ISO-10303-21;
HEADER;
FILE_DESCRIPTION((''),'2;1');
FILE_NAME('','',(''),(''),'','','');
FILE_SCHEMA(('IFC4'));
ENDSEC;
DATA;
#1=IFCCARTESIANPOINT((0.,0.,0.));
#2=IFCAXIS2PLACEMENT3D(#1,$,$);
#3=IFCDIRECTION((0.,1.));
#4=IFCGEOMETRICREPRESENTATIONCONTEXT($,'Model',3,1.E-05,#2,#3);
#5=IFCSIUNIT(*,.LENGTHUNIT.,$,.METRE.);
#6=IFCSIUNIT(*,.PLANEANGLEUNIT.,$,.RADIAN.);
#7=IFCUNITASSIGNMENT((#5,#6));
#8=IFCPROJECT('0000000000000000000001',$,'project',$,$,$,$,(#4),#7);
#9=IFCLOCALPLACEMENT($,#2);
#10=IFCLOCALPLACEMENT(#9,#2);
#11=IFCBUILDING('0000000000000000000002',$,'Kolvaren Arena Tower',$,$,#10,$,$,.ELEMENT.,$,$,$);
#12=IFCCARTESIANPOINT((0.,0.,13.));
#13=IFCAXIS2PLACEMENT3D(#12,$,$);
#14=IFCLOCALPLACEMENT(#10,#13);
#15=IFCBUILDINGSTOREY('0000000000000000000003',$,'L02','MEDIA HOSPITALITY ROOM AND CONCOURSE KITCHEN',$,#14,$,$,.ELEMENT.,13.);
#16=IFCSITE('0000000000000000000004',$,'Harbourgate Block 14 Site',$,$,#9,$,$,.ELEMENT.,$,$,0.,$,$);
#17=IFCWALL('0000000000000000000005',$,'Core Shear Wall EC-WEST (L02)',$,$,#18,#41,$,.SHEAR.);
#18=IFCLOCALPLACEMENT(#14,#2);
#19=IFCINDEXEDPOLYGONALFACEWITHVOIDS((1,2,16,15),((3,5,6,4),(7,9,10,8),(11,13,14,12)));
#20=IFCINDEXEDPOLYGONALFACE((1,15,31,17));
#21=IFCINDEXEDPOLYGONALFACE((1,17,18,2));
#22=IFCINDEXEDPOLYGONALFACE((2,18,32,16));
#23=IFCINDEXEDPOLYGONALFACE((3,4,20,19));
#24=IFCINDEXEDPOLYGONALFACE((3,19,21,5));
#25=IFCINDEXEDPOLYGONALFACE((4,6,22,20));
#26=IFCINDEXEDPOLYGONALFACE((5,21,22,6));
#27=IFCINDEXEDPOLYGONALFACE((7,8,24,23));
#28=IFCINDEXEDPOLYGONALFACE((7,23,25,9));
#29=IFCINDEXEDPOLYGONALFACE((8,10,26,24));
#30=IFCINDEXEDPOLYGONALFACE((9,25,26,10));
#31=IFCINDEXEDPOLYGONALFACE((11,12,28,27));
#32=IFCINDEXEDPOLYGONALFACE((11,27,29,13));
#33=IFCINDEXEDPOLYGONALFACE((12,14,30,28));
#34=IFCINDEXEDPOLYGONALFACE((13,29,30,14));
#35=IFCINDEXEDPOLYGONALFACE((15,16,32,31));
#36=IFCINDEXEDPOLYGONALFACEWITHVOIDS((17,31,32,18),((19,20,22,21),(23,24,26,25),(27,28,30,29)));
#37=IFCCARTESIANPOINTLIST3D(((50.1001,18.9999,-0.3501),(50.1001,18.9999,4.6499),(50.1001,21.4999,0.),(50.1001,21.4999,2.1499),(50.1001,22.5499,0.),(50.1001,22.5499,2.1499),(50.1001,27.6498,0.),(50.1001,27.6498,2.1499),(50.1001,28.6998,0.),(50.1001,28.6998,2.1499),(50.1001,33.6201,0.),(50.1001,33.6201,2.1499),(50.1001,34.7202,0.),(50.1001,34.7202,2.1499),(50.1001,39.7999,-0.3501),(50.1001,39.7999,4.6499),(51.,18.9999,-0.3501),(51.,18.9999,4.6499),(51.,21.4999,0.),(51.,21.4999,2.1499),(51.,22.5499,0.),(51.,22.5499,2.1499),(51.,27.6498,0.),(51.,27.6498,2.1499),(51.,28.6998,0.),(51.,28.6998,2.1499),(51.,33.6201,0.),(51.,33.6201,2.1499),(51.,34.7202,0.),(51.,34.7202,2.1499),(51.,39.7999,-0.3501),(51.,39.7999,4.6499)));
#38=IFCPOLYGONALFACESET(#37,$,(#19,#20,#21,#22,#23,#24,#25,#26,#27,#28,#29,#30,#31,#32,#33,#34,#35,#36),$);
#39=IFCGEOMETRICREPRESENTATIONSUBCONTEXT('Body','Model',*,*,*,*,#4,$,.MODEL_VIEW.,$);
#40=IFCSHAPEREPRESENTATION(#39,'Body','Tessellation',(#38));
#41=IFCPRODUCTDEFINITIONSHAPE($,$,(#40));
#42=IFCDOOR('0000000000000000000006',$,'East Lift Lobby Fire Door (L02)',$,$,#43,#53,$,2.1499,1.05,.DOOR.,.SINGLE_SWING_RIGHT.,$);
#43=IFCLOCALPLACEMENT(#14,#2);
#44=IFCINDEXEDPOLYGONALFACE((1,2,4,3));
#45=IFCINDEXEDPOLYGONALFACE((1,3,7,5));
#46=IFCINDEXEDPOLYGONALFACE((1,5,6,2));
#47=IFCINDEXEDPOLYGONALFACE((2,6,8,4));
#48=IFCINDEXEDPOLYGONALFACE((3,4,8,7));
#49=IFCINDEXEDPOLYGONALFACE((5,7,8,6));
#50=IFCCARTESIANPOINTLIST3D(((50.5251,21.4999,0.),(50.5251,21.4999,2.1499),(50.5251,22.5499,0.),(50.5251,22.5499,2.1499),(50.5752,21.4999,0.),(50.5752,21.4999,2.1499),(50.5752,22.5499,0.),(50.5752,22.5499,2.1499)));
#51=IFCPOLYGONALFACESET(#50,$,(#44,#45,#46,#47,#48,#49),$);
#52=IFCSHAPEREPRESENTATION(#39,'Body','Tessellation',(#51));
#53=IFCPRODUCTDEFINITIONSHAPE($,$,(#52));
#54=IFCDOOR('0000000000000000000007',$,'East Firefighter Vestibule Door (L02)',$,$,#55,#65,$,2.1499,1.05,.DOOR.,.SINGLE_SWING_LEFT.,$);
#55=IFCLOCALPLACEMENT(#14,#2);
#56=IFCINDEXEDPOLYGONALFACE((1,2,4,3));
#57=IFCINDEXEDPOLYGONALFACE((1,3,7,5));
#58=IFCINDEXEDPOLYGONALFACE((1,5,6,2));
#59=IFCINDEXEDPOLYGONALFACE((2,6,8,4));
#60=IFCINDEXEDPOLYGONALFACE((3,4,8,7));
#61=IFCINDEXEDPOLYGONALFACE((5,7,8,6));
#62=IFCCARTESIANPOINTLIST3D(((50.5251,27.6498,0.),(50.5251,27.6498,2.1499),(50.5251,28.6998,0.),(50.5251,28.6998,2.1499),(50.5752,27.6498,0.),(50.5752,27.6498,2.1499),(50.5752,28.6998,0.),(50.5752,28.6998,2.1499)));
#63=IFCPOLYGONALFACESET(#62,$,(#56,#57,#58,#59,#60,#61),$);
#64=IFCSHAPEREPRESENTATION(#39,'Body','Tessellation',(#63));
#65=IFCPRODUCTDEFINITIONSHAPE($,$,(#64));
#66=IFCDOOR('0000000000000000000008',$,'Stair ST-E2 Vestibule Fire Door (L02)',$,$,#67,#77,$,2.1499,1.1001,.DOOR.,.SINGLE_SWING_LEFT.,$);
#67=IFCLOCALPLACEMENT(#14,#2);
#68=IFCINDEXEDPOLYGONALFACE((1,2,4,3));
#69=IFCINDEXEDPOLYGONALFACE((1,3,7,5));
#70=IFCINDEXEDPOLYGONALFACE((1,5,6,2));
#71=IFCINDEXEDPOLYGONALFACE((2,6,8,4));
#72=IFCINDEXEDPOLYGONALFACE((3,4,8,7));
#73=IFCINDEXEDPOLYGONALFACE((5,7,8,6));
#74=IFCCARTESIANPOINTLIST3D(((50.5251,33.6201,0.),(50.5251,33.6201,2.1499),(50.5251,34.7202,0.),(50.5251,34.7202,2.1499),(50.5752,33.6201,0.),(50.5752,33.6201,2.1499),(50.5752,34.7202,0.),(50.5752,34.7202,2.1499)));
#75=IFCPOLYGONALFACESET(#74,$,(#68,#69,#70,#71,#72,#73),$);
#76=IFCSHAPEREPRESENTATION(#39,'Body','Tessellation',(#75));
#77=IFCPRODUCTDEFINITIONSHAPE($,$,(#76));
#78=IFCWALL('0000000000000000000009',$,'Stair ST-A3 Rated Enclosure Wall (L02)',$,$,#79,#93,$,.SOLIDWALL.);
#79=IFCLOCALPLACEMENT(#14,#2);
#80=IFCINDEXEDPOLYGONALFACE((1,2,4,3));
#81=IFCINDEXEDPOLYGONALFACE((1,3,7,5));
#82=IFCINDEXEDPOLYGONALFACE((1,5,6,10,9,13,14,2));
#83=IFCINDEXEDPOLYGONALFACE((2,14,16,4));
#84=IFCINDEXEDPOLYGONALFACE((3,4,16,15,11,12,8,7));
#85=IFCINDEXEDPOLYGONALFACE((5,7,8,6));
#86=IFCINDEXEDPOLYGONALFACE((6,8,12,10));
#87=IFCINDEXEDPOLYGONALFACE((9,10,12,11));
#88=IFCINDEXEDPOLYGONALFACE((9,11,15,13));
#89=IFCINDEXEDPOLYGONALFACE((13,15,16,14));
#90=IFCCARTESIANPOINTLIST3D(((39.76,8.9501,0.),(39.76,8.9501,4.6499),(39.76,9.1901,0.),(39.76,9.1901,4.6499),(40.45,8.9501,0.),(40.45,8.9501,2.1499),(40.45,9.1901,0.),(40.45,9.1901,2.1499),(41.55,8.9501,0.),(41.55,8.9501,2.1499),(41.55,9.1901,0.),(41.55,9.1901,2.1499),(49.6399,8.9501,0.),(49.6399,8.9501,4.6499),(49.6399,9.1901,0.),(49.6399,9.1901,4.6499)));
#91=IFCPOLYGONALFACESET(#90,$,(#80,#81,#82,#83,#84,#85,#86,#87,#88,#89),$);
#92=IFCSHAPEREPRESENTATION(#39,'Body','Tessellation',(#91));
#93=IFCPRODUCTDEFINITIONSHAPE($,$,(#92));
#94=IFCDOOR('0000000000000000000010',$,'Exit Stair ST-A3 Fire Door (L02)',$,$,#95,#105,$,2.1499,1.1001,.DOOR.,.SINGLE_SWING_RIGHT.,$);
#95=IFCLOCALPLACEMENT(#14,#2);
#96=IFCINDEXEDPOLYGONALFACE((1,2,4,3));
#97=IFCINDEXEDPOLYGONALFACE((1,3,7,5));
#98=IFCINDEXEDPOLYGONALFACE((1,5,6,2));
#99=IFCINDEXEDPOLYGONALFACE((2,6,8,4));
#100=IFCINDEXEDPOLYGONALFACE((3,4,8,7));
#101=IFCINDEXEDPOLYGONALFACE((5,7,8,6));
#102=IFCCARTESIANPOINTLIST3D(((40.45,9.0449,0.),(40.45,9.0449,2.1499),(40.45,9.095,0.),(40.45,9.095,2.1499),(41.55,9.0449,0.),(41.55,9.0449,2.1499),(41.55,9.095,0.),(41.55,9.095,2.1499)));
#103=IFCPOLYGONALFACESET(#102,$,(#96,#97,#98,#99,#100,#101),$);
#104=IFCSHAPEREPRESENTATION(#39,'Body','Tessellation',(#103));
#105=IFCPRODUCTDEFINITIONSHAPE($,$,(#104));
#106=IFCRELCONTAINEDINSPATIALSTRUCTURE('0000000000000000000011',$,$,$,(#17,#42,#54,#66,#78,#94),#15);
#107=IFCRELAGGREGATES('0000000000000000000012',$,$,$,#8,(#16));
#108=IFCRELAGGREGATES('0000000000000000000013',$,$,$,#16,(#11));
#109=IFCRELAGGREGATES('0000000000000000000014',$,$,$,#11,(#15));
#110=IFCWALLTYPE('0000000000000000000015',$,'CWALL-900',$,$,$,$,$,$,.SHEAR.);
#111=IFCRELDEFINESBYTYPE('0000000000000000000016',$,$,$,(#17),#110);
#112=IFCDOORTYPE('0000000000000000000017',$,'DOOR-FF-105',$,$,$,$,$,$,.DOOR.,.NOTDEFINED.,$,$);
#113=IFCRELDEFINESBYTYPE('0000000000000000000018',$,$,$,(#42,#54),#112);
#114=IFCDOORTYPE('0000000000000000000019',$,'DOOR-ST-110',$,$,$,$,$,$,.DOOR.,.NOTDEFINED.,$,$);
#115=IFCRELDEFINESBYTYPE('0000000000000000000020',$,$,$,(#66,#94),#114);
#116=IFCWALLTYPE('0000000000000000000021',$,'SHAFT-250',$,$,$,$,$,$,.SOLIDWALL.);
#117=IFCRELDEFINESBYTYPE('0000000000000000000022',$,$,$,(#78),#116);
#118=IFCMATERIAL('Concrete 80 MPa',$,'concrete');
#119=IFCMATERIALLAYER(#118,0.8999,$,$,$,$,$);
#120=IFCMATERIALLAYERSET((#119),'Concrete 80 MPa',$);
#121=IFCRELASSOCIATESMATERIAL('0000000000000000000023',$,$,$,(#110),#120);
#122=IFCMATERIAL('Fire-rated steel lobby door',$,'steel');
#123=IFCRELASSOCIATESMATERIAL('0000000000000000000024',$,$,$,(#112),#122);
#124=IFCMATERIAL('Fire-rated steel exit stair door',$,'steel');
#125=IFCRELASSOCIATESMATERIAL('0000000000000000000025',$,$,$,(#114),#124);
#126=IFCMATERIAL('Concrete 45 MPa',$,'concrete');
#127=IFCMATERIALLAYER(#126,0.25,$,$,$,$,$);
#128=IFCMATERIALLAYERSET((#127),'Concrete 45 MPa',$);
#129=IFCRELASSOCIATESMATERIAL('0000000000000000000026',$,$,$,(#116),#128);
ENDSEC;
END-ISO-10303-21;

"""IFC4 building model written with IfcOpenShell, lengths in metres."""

from ifc_helpers import new_model, si_unit, direction, frame, frame_2d, origin, place, context, subcontext, project, spatial, rectangle, extrude, material, layer, layer_set, type_object, element, fill, save


model = new_model("IFC4")

# Units and contexts
model_context = context("Model", 3, precision=1e-05, world=origin(), true_north=direction((0.0, 1.0)))
body_context = subcontext(model_context, "Body", "Model", "MODEL_VIEW")
ifc_project = project(units=[si_unit("LENGTHUNIT", "METRE"), si_unit("PLANEANGLEUNIT", "RADIAN")], contexts=[model_context])

# Site, building, storey
site_placement = place(None, origin())
site = spatial("IfcSite", under=ifc_project, at=site_placement, Name="Harbourgate Block 14 Site", CompositionType="ELEMENT", RefElevation=0.0)
building_placement = place(site_placement, origin())
building = spatial("IfcBuilding", under=site, at=building_placement, Name="Kolvaren Arena Tower", CompositionType="ELEMENT")
storey_placement = place(building_placement, frame((0.0, 0.0, 13.0)))
storey = spatial("IfcBuildingStorey", under=building, at=storey_placement, Name="L02", Description="MEDIA HOSPITALITY ROOM AND CONCOURSE KITCHEN", CompositionType="ELEMENT", Elevation=13.0)

# Wall, openings, doors
ifc_material_1 = material(Name="Concrete 80 MPa", Category="concrete")
ifc_layer_1 = layer(ifc_material_1, 0.8999)
ifc_layer_set_1 = layer_set([ifc_layer_1], Name="Concrete 80 MPa")
wall_type_1 = type_object("IfcWallType", Name="CWALL-900", PredefinedType="SHEAR", material=ifc_layer_set_1)
wall_1_placement = place(storey_placement, frame((50.55, 19.0, -0.3501), z_axis=(0.0, 0.0, 1.0), x_axis=(0.0, 1.0, 0.0)))
wall_1 = element("IfcWall", 1, at=wall_1_placement, inside=storey, type_object=wall_type_1, Name="Core Shear Wall EC-WEST (L02)", PredefinedType="SHEAR", context=body_context, shape_type="SweptSolid", body=[
    extrude(rectangle(XDim=20.8, YDim=0.8999, at=frame_2d((10.3999, 0.0))), origin(), (0.0, 0.0, 1.0), 5.0),
])
opening_1_placement = place(wall_1_placement, frame((2.5, 0.0, 0.3501)))
opening_1 = element("IfcOpeningElement", 2, at=opening_1_placement, cuts=wall_1, PredefinedType="OPENING", context=body_context, shape_type="SweptSolid", body=[
    extrude(rectangle(XDim=1.05, YDim=2.1499, at=frame_2d((0.5249, 1.075))), frame((0.0, 0.46, 0.0), z_axis=(0.0, -1.0, 0.0), x_axis=(1.0, 0.0, 0.0)), (0.0, 0.0, 1.0), 0.9199),
])
opening_2_placement = place(wall_1_placement, frame((8.6499, 0.0, 0.3501)))
opening_2 = element("IfcOpeningElement", 3, at=opening_2_placement, cuts=wall_1, PredefinedType="OPENING", context=body_context, shape_type="SweptSolid", body=[
    extrude(rectangle(XDim=1.05, YDim=2.1499, at=frame_2d((0.5249, 1.075))), frame((0.0, 0.46, 0.0), z_axis=(0.0, -1.0, 0.0), x_axis=(1.0, 0.0, 0.0)), (0.0, 0.0, 1.0), 0.9199),
])
opening_3_placement = place(wall_1_placement, frame((14.6201, 0.0, 0.3501)))
opening_3 = element("IfcOpeningElement", 4, at=opening_3_placement, cuts=wall_1, PredefinedType="OPENING", context=body_context, shape_type="SweptSolid", body=[
    extrude(rectangle(XDim=1.1001, YDim=2.1499, at=frame_2d((0.55, 1.075))), frame((0.0, 0.46, 0.0), z_axis=(0.0, -1.0, 0.0), x_axis=(1.0, 0.0, 0.0)), (0.0, 0.0, 1.0), 0.9199),
])
ifc_material_2 = material(Name="Fire-rated steel lobby door", Category="steel")
door_type_1 = type_object("IfcDoorType", Name="DOOR-FF-105", OperationType="NOTDEFINED", PredefinedType="DOOR", material=ifc_material_2)
door_1_placement = place(opening_1_placement, origin())
door_1 = element("IfcDoor", 5, at=door_1_placement, inside=storey, type_object=door_type_1, Name="East Lift Lobby Fire Door (L02)", OperationType="SINGLE_SWING_RIGHT", OverallHeight=2.1499, OverallWidth=1.05, PredefinedType="DOOR", context=body_context, shape_type="SweptSolid", body=[
    extrude(rectangle(XDim=1.05, YDim=2.1499, at=frame_2d((0.5249, 1.075))), frame((0.0, 0.0249, 0.0), z_axis=(0.0, -1.0, 0.0), x_axis=(1.0, 0.0, 0.0)), (0.0, 0.0, 1.0), 0.05),
])
fill(opening_1, door_1)
door_2_placement = place(opening_2_placement, origin())
door_2 = element("IfcDoor", 6, at=door_2_placement, inside=storey, type_object=door_type_1, Name="East Firefighter Vestibule Door (L02)", OperationType="SINGLE_SWING_LEFT", OverallHeight=2.1499, OverallWidth=1.05, PredefinedType="DOOR", context=body_context, shape_type="SweptSolid", body=[
    extrude(rectangle(XDim=1.05, YDim=2.1499, at=frame_2d((0.5249, 1.075))), frame((0.0, 0.0249, 0.0), z_axis=(0.0, -1.0, 0.0), x_axis=(1.0, 0.0, 0.0)), (0.0, 0.0, 1.0), 0.05),
])
fill(opening_2, door_2)
ifc_material_3 = material(Name="Fire-rated steel exit stair door", Category="steel")
door_type_2 = type_object("IfcDoorType", Name="DOOR-ST-110", OperationType="NOTDEFINED", PredefinedType="DOOR", material=ifc_material_3)
door_3_placement = place(opening_3_placement, origin())
door_3 = element("IfcDoor", 7, at=door_3_placement, inside=storey, type_object=door_type_2, Name="Stair ST-E2 Vestibule Fire Door (L02)", OperationType="SINGLE_SWING_LEFT", OverallHeight=2.1499, OverallWidth=1.1001, PredefinedType="DOOR", context=body_context, shape_type="SweptSolid", body=[
    extrude(rectangle(XDim=1.1001, YDim=2.1499, at=frame_2d((0.55, 1.075))), frame((0.0, 0.0249, 0.0), z_axis=(0.0, -1.0, 0.0), x_axis=(1.0, 0.0, 0.0)), (0.0, 0.0, 1.0), 0.05),
])
fill(opening_3, door_3)

# Wall, opening, door
ifc_material_4 = material(Name="Concrete 45 MPa", Category="concrete")
ifc_layer_2 = layer(ifc_material_4, 0.25)
ifc_layer_set_2 = layer_set([ifc_layer_2], Name="Concrete 45 MPa")
wall_type_2 = type_object("IfcWallType", Name="SHAFT-250", PredefinedType="SOLIDWALL", material=ifc_layer_set_2)
wall_2_placement = place(storey_placement, frame((39.76, 9.0701, 0.0), z_axis=(0.0, 0.0, 1.0), x_axis=(1.0, 0.0, 0.0)))
wall_2 = element("IfcWall", 8, at=wall_2_placement, inside=storey, type_object=wall_type_2, Name="Stair ST-A3 Rated Enclosure Wall (L02)", PredefinedType="SOLIDWALL", context=body_context, shape_type="SweptSolid", body=[
    extrude(rectangle(XDim=9.8799, YDim=0.24, at=frame_2d((4.9399, 0.0))), origin(), (0.0, 0.0, 1.0), 4.6499),
])
opening_4_placement = place(wall_2_placement, frame((0.6899, 0.0, 0.0)))
opening_4 = element("IfcOpeningElement", 9, at=opening_4_placement, cuts=wall_2, PredefinedType="OPENING", context=body_context, shape_type="SweptSolid", body=[
    extrude(rectangle(XDim=1.1001, YDim=2.1499, at=frame_2d((0.55, 1.075))), frame((0.0, 0.1299, 0.0), z_axis=(0.0, -1.0, 0.0), x_axis=(1.0, 0.0, 0.0)), (0.0, 0.0, 1.0), 0.26),
])
door_4_placement = place(opening_4_placement, origin())
door_4 = element("IfcDoor", 10, at=door_4_placement, inside=storey, type_object=door_type_2, Name="Exit Stair ST-A3 Fire Door (L02)", OperationType="SINGLE_SWING_RIGHT", OverallHeight=2.1499, OverallWidth=1.1001, PredefinedType="DOOR", context=body_context, shape_type="SweptSolid", body=[
    extrude(rectangle(XDim=1.1001, YDim=2.1499, at=frame_2d((0.55, 1.075))), frame((0.0, 0.0249, 0.0), z_axis=(0.0, -1.0, 0.0), x_axis=(1.0, 0.0, 0.0)), (0.0, 0.0, 1.0), 0.05),
])
fill(opening_4, door_4)

save(model, "model.ifc")
